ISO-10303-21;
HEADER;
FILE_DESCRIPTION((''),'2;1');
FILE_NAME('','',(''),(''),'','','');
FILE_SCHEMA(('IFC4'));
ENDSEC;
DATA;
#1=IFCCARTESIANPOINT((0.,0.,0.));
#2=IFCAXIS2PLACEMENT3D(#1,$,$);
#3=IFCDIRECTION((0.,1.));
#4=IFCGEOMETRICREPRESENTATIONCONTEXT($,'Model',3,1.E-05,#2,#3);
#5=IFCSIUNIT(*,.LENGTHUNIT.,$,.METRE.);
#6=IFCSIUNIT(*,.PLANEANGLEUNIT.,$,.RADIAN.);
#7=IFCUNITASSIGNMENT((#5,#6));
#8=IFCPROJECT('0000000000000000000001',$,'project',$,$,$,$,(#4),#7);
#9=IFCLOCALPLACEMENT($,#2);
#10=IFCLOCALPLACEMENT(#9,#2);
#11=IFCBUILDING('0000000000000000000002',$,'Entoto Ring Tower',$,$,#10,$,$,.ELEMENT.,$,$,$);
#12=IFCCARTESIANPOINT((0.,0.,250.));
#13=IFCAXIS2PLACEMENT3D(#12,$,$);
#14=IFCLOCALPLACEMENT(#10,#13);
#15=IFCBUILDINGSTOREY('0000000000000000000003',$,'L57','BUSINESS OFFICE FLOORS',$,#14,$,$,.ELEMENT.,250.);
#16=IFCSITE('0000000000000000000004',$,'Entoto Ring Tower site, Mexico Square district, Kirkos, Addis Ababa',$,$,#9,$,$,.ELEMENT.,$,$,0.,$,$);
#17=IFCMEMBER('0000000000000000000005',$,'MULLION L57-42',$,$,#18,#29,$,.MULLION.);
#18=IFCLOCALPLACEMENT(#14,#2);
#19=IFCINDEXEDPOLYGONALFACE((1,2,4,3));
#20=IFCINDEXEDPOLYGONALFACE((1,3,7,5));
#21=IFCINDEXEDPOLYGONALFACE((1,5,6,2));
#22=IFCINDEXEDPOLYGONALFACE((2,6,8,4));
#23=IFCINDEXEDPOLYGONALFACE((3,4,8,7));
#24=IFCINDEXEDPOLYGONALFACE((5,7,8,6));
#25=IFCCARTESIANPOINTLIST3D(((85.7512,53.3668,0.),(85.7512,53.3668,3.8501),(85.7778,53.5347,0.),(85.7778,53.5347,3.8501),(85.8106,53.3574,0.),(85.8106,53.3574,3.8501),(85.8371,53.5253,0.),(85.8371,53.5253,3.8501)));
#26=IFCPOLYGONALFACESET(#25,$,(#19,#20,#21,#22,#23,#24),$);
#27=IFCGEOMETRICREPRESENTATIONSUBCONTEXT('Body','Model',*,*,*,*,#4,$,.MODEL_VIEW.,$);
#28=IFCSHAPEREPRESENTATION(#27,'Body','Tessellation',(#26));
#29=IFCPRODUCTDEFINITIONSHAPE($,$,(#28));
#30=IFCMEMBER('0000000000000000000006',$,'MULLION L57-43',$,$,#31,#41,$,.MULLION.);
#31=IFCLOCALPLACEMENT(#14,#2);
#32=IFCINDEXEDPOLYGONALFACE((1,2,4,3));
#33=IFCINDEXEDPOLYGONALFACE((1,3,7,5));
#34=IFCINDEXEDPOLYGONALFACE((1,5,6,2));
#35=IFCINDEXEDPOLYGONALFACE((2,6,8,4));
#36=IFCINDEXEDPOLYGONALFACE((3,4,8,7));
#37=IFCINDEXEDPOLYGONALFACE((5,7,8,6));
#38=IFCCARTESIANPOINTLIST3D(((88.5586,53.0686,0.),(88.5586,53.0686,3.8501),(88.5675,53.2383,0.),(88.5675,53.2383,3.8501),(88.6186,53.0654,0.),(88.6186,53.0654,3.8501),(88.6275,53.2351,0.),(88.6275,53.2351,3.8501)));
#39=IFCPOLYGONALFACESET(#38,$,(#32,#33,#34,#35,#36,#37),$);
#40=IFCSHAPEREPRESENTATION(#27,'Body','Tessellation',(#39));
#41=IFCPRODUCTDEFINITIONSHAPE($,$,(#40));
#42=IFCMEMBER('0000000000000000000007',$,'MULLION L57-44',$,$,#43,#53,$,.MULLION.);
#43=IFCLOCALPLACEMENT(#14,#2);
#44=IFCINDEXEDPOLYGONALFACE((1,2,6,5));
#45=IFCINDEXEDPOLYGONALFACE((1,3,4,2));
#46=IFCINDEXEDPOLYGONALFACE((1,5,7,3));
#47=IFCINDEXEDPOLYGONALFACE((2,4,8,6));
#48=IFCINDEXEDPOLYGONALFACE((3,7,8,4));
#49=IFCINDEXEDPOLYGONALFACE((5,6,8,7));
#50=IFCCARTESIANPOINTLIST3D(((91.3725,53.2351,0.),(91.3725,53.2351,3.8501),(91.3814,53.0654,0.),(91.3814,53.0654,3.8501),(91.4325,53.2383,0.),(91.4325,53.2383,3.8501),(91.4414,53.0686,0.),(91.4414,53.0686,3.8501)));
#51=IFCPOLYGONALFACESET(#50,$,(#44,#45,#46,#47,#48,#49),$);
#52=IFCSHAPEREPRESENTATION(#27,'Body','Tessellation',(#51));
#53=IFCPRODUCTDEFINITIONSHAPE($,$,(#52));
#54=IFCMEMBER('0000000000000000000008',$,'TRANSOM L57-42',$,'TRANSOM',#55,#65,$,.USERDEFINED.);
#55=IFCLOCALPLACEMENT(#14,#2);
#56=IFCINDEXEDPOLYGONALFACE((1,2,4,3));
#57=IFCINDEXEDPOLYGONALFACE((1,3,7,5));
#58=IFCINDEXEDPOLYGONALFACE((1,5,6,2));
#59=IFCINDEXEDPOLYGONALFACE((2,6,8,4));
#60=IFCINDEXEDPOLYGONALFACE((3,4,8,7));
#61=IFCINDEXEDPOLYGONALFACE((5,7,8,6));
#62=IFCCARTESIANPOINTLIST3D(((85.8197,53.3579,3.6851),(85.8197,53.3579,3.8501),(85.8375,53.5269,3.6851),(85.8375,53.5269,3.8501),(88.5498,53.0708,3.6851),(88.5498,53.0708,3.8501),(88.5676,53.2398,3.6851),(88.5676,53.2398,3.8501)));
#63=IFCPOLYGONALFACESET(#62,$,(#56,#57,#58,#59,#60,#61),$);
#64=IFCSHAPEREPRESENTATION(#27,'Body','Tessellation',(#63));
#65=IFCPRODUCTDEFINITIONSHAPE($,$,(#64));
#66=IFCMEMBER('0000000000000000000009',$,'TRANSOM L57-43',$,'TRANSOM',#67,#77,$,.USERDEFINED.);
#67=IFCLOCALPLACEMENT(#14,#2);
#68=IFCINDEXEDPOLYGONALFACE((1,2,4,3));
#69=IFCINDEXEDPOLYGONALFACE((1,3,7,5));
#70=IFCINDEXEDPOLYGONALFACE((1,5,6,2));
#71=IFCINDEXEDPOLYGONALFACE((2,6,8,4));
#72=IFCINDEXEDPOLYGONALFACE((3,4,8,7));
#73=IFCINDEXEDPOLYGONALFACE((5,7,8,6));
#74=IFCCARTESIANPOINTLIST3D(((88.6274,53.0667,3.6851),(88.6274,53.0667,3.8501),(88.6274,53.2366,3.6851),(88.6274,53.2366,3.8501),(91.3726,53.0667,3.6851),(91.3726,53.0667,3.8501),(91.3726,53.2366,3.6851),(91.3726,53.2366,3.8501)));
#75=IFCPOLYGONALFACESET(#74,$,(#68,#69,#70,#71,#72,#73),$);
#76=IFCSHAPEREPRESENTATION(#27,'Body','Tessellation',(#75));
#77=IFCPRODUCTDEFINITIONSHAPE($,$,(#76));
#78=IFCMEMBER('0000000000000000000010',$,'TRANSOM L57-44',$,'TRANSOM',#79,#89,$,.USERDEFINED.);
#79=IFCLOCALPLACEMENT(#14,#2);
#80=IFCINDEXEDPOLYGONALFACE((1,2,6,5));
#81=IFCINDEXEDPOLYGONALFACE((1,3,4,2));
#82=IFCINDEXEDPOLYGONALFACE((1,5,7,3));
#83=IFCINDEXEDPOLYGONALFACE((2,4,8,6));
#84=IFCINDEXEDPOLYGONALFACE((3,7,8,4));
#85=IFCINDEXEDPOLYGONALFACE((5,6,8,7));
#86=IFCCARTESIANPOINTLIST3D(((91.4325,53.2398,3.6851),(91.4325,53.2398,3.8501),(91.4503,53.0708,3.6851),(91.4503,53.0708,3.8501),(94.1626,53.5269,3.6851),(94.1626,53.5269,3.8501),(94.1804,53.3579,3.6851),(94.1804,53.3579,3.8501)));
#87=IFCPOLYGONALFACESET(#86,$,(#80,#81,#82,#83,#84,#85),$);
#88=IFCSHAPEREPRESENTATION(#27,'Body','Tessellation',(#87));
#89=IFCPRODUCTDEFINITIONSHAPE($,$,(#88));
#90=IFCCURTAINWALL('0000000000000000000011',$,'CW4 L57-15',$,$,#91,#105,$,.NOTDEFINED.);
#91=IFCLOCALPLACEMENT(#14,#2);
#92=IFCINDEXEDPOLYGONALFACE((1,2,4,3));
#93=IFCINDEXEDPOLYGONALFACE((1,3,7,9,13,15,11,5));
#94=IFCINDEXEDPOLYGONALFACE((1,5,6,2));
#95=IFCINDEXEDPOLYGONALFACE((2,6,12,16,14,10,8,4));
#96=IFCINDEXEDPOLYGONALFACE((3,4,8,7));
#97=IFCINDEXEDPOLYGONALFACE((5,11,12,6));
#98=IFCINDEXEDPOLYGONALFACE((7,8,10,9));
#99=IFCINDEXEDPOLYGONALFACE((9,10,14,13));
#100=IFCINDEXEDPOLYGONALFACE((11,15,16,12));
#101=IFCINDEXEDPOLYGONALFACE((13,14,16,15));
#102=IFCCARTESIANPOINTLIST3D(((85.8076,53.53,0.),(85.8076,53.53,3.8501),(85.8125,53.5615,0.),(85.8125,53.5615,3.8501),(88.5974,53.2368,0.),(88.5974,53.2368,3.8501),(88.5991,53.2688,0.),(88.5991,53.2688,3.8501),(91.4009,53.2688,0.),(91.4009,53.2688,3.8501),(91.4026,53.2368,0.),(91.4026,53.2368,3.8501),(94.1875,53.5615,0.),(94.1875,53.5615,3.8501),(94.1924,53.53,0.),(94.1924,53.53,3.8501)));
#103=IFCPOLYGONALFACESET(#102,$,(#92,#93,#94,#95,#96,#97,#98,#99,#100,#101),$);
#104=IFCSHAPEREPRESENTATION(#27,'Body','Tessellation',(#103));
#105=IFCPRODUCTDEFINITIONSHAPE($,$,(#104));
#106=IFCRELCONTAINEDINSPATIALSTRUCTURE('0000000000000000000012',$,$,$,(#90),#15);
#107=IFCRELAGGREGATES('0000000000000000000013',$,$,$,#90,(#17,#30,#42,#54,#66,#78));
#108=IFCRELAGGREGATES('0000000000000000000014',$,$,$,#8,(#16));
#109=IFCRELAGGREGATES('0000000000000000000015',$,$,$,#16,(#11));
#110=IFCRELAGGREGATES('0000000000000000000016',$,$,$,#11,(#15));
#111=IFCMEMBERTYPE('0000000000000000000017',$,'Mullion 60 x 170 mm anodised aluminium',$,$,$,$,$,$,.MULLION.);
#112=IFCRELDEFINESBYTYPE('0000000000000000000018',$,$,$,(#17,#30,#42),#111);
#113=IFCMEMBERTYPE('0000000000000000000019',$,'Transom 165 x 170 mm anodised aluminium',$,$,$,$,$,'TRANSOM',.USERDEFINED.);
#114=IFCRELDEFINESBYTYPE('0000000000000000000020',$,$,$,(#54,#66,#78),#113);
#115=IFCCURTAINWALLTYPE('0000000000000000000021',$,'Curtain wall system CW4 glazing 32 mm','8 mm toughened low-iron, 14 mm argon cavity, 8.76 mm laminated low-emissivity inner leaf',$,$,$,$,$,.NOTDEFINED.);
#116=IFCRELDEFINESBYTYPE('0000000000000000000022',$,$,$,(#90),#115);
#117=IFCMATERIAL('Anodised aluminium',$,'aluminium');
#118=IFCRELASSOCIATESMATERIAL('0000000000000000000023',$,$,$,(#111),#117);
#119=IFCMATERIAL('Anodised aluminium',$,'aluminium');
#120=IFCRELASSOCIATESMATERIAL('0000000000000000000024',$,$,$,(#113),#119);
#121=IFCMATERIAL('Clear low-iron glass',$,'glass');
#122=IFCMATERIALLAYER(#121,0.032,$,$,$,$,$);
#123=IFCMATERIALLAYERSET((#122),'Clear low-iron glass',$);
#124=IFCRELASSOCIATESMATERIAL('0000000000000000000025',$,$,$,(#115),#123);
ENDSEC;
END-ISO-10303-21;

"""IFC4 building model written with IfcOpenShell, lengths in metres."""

from ifc_helpers import new_model, si_unit, direction, frame, origin, origin_2d, place, context, subcontext, project, spatial, polyline, rectangle, outline, extrude, material, layer, layer_set, material_profile, profile_set, type_object, element, aggregate, save


model = new_model("IFC4")

# Units and contexts
model_context = context("Model", 3, precision=1e-05, world=origin(), true_north=direction((0.0, 1.0)))
body_context = subcontext(model_context, "Body", "Model", "MODEL_VIEW")
ifc_project = project(units=[si_unit("LENGTHUNIT", "METRE"), si_unit("PLANEANGLEUNIT", "RADIAN")], contexts=[model_context])

# Members
ifc_material_1 = material(Name="Anodised aluminium", Category="aluminium")
ifc_material_profile_1 = material_profile(ifc_material_1, rectangle(XDim=0.0601, YDim=0.1699, at=origin_2d()), Name="Mullion 60 x 170 mm anodised aluminium")
ifc_profile_set_1 = profile_set([ifc_material_profile_1], Name="Anodised aluminium")
member_type_1 = type_object("IfcMemberType", Name="Mullion 60 x 170 mm anodised aluminium", PredefinedType="MULLION", material=ifc_profile_set_1)
site_placement = place(None, origin())
building_placement = place(site_placement, origin())
storey_placement = place(building_placement, frame((0.0, 0.0, 250.0)))
member_1_placement = place(storey_placement, frame((85.7942, 53.446, 0.0), z_axis=(0.0, 0.0, 1.0), x_axis=(0.987688, -0.156434, 0.0)))
member_1 = element("IfcMember", 1, at=member_1_placement, type_object=member_type_1, Name="MULLION L57-42", PredefinedType="MULLION", context=body_context, shape_type="SweptSolid", body=[
    extrude(rectangle(XDim=0.0601, YDim=0.1699, at=origin_2d()), origin(), (0.0, 0.0, 1.0), 3.8501),
])
member_2_placement = place(storey_placement, frame((88.593, 53.1519, 0.0), z_axis=(0.0, 0.0, 1.0), x_axis=(0.99863, -0.052336, 0.0)))
member_2 = element("IfcMember", 2, at=member_2_placement, type_object=member_type_1, Name="MULLION L57-43", PredefinedType="MULLION", context=body_context, shape_type="SweptSolid", body=[
    extrude(rectangle(XDim=0.0601, YDim=0.1699, at=origin_2d()), origin(), (0.0, 0.0, 1.0), 3.8501),
])
member_3_placement = place(storey_placement, frame((91.407, 53.1519, 0.0), z_axis=(0.0, 0.0, 1.0), x_axis=(0.99863, 0.052336, 0.0)))
member_3 = element("IfcMember", 3, at=member_3_placement, type_object=member_type_1, Name="MULLION L57-44", PredefinedType="MULLION", context=body_context, shape_type="SweptSolid", body=[
    extrude(rectangle(XDim=0.0601, YDim=0.1699, at=origin_2d()), origin(), (0.0, 0.0, 1.0), 3.8501),
])
ifc_material_2 = material(Name="Anodised aluminium", Category="aluminium")
ifc_material_profile_2 = material_profile(ifc_material_2, rectangle(XDim=0.1699, YDim=0.165, at=origin_2d()), Name="Transom 165 x 170 mm anodised aluminium")
ifc_profile_set_2 = profile_set([ifc_material_profile_2], Name="Anodised aluminium")
member_type_2 = type_object("IfcMemberType", Name="Transom 165 x 170 mm anodised aluminium", ElementType="TRANSOM", PredefinedType="USERDEFINED", material=ifc_profile_set_2)
member_4_placement = place(storey_placement, frame((85.8286, 53.4424, 3.7676), z_axis=(0.994515, -0.104592, 0.0), x_axis=(0.104592, 0.994515, 0.0)))
member_4 = element("IfcMember", 4, at=member_4_placement, type_object=member_type_2, Name="TRANSOM L57-42", ObjectType="TRANSOM", PredefinedType="USERDEFINED", context=body_context, shape_type="SweptSolid", body=[
    extrude(rectangle(XDim=0.1699, YDim=0.165, at=origin_2d()), origin(), (0.0, 0.0, 1.0), 2.7451),
])
member_5_placement = place(storey_placement, frame((88.6274, 53.1516, 3.7676), z_axis=(1.0, 0.0, 0.0), x_axis=(0.0, 1.0, 0.0)))
member_5 = element("IfcMember", 5, at=member_5_placement, type_object=member_type_2, Name="TRANSOM L57-43", ObjectType="TRANSOM", PredefinedType="USERDEFINED", context=body_context, shape_type="SweptSolid", body=[
    extrude(rectangle(XDim=0.1699, YDim=0.165, at=origin_2d()), origin(), (0.0, 0.0, 1.0), 2.7451),
])
member_6_placement = place(storey_placement, frame((91.4414, 53.1553, 3.7676), z_axis=(0.994515, 0.104592, 0.0), x_axis=(-0.104592, 0.994515, 0.0)))
member_6 = element("IfcMember", 6, at=member_6_placement, type_object=member_type_2, Name="TRANSOM L57-44", ObjectType="TRANSOM", PredefinedType="USERDEFINED", context=body_context, shape_type="SweptSolid", body=[
    extrude(rectangle(XDim=0.1699, YDim=0.165, at=origin_2d()), origin(), (0.0, 0.0, 1.0), 2.7451),
])

# Site, building, storey
site = spatial("IfcSite", under=ifc_project, at=site_placement, Name="Entoto Ring Tower site, Mexico Square district, Kirkos, Addis Ababa", CompositionType="ELEMENT", RefElevation=0.0)
building = spatial("IfcBuilding", under=site, at=building_placement, Name="Entoto Ring Tower", CompositionType="ELEMENT")
storey = spatial("IfcBuildingStorey", under=building, at=storey_placement, Name="L57", Description="BUSINESS OFFICE FLOORS", CompositionType="ELEMENT", Elevation=250.0)

# Curtain wall
ifc_material_3 = material(Name="Clear low-iron glass", Category="glass")
ifc_layer_1 = layer(ifc_material_3, 0.032)
ifc_layer_set_1 = layer_set([ifc_layer_1], Name="Clear low-iron glass")
curtain_wall_type = type_object("IfcCurtainWallType", Name="Curtain wall system CW4 glazing 32 mm", Description="8 mm toughened low-iron, 14 mm argon cavity, 8.76 mm laminated low-emissivity inner leaf", PredefinedType="NOTDEFINED", material=ifc_layer_set_1)
curtain_wall_1_placement = place(storey_placement, origin())
curtain_wall_1 = element("IfcCurtainWall", 7, at=curtain_wall_1_placement, inside=storey, type_object=curtain_wall_type, Name="CW4 L57-15", PredefinedType="NOTDEFINED", context=body_context, shape_type="SweptSolid", body=[
    extrude(outline(polyline([(85.8076, 53.53), (88.5974, 53.2368), (91.4026, 53.2368), (94.1924, 53.53), (94.1875, 53.5615), (91.4009, 53.2688), (88.5991, 53.2688), (85.8125, 53.5615), (85.8076, 53.53)])), origin(), (0.0, 0.0, 1.0), 3.8501),
])
aggregate(curtain_wall_1, [member_1, member_2, member_3, member_4, member_5, member_6])

save(model, "model.ifc")
